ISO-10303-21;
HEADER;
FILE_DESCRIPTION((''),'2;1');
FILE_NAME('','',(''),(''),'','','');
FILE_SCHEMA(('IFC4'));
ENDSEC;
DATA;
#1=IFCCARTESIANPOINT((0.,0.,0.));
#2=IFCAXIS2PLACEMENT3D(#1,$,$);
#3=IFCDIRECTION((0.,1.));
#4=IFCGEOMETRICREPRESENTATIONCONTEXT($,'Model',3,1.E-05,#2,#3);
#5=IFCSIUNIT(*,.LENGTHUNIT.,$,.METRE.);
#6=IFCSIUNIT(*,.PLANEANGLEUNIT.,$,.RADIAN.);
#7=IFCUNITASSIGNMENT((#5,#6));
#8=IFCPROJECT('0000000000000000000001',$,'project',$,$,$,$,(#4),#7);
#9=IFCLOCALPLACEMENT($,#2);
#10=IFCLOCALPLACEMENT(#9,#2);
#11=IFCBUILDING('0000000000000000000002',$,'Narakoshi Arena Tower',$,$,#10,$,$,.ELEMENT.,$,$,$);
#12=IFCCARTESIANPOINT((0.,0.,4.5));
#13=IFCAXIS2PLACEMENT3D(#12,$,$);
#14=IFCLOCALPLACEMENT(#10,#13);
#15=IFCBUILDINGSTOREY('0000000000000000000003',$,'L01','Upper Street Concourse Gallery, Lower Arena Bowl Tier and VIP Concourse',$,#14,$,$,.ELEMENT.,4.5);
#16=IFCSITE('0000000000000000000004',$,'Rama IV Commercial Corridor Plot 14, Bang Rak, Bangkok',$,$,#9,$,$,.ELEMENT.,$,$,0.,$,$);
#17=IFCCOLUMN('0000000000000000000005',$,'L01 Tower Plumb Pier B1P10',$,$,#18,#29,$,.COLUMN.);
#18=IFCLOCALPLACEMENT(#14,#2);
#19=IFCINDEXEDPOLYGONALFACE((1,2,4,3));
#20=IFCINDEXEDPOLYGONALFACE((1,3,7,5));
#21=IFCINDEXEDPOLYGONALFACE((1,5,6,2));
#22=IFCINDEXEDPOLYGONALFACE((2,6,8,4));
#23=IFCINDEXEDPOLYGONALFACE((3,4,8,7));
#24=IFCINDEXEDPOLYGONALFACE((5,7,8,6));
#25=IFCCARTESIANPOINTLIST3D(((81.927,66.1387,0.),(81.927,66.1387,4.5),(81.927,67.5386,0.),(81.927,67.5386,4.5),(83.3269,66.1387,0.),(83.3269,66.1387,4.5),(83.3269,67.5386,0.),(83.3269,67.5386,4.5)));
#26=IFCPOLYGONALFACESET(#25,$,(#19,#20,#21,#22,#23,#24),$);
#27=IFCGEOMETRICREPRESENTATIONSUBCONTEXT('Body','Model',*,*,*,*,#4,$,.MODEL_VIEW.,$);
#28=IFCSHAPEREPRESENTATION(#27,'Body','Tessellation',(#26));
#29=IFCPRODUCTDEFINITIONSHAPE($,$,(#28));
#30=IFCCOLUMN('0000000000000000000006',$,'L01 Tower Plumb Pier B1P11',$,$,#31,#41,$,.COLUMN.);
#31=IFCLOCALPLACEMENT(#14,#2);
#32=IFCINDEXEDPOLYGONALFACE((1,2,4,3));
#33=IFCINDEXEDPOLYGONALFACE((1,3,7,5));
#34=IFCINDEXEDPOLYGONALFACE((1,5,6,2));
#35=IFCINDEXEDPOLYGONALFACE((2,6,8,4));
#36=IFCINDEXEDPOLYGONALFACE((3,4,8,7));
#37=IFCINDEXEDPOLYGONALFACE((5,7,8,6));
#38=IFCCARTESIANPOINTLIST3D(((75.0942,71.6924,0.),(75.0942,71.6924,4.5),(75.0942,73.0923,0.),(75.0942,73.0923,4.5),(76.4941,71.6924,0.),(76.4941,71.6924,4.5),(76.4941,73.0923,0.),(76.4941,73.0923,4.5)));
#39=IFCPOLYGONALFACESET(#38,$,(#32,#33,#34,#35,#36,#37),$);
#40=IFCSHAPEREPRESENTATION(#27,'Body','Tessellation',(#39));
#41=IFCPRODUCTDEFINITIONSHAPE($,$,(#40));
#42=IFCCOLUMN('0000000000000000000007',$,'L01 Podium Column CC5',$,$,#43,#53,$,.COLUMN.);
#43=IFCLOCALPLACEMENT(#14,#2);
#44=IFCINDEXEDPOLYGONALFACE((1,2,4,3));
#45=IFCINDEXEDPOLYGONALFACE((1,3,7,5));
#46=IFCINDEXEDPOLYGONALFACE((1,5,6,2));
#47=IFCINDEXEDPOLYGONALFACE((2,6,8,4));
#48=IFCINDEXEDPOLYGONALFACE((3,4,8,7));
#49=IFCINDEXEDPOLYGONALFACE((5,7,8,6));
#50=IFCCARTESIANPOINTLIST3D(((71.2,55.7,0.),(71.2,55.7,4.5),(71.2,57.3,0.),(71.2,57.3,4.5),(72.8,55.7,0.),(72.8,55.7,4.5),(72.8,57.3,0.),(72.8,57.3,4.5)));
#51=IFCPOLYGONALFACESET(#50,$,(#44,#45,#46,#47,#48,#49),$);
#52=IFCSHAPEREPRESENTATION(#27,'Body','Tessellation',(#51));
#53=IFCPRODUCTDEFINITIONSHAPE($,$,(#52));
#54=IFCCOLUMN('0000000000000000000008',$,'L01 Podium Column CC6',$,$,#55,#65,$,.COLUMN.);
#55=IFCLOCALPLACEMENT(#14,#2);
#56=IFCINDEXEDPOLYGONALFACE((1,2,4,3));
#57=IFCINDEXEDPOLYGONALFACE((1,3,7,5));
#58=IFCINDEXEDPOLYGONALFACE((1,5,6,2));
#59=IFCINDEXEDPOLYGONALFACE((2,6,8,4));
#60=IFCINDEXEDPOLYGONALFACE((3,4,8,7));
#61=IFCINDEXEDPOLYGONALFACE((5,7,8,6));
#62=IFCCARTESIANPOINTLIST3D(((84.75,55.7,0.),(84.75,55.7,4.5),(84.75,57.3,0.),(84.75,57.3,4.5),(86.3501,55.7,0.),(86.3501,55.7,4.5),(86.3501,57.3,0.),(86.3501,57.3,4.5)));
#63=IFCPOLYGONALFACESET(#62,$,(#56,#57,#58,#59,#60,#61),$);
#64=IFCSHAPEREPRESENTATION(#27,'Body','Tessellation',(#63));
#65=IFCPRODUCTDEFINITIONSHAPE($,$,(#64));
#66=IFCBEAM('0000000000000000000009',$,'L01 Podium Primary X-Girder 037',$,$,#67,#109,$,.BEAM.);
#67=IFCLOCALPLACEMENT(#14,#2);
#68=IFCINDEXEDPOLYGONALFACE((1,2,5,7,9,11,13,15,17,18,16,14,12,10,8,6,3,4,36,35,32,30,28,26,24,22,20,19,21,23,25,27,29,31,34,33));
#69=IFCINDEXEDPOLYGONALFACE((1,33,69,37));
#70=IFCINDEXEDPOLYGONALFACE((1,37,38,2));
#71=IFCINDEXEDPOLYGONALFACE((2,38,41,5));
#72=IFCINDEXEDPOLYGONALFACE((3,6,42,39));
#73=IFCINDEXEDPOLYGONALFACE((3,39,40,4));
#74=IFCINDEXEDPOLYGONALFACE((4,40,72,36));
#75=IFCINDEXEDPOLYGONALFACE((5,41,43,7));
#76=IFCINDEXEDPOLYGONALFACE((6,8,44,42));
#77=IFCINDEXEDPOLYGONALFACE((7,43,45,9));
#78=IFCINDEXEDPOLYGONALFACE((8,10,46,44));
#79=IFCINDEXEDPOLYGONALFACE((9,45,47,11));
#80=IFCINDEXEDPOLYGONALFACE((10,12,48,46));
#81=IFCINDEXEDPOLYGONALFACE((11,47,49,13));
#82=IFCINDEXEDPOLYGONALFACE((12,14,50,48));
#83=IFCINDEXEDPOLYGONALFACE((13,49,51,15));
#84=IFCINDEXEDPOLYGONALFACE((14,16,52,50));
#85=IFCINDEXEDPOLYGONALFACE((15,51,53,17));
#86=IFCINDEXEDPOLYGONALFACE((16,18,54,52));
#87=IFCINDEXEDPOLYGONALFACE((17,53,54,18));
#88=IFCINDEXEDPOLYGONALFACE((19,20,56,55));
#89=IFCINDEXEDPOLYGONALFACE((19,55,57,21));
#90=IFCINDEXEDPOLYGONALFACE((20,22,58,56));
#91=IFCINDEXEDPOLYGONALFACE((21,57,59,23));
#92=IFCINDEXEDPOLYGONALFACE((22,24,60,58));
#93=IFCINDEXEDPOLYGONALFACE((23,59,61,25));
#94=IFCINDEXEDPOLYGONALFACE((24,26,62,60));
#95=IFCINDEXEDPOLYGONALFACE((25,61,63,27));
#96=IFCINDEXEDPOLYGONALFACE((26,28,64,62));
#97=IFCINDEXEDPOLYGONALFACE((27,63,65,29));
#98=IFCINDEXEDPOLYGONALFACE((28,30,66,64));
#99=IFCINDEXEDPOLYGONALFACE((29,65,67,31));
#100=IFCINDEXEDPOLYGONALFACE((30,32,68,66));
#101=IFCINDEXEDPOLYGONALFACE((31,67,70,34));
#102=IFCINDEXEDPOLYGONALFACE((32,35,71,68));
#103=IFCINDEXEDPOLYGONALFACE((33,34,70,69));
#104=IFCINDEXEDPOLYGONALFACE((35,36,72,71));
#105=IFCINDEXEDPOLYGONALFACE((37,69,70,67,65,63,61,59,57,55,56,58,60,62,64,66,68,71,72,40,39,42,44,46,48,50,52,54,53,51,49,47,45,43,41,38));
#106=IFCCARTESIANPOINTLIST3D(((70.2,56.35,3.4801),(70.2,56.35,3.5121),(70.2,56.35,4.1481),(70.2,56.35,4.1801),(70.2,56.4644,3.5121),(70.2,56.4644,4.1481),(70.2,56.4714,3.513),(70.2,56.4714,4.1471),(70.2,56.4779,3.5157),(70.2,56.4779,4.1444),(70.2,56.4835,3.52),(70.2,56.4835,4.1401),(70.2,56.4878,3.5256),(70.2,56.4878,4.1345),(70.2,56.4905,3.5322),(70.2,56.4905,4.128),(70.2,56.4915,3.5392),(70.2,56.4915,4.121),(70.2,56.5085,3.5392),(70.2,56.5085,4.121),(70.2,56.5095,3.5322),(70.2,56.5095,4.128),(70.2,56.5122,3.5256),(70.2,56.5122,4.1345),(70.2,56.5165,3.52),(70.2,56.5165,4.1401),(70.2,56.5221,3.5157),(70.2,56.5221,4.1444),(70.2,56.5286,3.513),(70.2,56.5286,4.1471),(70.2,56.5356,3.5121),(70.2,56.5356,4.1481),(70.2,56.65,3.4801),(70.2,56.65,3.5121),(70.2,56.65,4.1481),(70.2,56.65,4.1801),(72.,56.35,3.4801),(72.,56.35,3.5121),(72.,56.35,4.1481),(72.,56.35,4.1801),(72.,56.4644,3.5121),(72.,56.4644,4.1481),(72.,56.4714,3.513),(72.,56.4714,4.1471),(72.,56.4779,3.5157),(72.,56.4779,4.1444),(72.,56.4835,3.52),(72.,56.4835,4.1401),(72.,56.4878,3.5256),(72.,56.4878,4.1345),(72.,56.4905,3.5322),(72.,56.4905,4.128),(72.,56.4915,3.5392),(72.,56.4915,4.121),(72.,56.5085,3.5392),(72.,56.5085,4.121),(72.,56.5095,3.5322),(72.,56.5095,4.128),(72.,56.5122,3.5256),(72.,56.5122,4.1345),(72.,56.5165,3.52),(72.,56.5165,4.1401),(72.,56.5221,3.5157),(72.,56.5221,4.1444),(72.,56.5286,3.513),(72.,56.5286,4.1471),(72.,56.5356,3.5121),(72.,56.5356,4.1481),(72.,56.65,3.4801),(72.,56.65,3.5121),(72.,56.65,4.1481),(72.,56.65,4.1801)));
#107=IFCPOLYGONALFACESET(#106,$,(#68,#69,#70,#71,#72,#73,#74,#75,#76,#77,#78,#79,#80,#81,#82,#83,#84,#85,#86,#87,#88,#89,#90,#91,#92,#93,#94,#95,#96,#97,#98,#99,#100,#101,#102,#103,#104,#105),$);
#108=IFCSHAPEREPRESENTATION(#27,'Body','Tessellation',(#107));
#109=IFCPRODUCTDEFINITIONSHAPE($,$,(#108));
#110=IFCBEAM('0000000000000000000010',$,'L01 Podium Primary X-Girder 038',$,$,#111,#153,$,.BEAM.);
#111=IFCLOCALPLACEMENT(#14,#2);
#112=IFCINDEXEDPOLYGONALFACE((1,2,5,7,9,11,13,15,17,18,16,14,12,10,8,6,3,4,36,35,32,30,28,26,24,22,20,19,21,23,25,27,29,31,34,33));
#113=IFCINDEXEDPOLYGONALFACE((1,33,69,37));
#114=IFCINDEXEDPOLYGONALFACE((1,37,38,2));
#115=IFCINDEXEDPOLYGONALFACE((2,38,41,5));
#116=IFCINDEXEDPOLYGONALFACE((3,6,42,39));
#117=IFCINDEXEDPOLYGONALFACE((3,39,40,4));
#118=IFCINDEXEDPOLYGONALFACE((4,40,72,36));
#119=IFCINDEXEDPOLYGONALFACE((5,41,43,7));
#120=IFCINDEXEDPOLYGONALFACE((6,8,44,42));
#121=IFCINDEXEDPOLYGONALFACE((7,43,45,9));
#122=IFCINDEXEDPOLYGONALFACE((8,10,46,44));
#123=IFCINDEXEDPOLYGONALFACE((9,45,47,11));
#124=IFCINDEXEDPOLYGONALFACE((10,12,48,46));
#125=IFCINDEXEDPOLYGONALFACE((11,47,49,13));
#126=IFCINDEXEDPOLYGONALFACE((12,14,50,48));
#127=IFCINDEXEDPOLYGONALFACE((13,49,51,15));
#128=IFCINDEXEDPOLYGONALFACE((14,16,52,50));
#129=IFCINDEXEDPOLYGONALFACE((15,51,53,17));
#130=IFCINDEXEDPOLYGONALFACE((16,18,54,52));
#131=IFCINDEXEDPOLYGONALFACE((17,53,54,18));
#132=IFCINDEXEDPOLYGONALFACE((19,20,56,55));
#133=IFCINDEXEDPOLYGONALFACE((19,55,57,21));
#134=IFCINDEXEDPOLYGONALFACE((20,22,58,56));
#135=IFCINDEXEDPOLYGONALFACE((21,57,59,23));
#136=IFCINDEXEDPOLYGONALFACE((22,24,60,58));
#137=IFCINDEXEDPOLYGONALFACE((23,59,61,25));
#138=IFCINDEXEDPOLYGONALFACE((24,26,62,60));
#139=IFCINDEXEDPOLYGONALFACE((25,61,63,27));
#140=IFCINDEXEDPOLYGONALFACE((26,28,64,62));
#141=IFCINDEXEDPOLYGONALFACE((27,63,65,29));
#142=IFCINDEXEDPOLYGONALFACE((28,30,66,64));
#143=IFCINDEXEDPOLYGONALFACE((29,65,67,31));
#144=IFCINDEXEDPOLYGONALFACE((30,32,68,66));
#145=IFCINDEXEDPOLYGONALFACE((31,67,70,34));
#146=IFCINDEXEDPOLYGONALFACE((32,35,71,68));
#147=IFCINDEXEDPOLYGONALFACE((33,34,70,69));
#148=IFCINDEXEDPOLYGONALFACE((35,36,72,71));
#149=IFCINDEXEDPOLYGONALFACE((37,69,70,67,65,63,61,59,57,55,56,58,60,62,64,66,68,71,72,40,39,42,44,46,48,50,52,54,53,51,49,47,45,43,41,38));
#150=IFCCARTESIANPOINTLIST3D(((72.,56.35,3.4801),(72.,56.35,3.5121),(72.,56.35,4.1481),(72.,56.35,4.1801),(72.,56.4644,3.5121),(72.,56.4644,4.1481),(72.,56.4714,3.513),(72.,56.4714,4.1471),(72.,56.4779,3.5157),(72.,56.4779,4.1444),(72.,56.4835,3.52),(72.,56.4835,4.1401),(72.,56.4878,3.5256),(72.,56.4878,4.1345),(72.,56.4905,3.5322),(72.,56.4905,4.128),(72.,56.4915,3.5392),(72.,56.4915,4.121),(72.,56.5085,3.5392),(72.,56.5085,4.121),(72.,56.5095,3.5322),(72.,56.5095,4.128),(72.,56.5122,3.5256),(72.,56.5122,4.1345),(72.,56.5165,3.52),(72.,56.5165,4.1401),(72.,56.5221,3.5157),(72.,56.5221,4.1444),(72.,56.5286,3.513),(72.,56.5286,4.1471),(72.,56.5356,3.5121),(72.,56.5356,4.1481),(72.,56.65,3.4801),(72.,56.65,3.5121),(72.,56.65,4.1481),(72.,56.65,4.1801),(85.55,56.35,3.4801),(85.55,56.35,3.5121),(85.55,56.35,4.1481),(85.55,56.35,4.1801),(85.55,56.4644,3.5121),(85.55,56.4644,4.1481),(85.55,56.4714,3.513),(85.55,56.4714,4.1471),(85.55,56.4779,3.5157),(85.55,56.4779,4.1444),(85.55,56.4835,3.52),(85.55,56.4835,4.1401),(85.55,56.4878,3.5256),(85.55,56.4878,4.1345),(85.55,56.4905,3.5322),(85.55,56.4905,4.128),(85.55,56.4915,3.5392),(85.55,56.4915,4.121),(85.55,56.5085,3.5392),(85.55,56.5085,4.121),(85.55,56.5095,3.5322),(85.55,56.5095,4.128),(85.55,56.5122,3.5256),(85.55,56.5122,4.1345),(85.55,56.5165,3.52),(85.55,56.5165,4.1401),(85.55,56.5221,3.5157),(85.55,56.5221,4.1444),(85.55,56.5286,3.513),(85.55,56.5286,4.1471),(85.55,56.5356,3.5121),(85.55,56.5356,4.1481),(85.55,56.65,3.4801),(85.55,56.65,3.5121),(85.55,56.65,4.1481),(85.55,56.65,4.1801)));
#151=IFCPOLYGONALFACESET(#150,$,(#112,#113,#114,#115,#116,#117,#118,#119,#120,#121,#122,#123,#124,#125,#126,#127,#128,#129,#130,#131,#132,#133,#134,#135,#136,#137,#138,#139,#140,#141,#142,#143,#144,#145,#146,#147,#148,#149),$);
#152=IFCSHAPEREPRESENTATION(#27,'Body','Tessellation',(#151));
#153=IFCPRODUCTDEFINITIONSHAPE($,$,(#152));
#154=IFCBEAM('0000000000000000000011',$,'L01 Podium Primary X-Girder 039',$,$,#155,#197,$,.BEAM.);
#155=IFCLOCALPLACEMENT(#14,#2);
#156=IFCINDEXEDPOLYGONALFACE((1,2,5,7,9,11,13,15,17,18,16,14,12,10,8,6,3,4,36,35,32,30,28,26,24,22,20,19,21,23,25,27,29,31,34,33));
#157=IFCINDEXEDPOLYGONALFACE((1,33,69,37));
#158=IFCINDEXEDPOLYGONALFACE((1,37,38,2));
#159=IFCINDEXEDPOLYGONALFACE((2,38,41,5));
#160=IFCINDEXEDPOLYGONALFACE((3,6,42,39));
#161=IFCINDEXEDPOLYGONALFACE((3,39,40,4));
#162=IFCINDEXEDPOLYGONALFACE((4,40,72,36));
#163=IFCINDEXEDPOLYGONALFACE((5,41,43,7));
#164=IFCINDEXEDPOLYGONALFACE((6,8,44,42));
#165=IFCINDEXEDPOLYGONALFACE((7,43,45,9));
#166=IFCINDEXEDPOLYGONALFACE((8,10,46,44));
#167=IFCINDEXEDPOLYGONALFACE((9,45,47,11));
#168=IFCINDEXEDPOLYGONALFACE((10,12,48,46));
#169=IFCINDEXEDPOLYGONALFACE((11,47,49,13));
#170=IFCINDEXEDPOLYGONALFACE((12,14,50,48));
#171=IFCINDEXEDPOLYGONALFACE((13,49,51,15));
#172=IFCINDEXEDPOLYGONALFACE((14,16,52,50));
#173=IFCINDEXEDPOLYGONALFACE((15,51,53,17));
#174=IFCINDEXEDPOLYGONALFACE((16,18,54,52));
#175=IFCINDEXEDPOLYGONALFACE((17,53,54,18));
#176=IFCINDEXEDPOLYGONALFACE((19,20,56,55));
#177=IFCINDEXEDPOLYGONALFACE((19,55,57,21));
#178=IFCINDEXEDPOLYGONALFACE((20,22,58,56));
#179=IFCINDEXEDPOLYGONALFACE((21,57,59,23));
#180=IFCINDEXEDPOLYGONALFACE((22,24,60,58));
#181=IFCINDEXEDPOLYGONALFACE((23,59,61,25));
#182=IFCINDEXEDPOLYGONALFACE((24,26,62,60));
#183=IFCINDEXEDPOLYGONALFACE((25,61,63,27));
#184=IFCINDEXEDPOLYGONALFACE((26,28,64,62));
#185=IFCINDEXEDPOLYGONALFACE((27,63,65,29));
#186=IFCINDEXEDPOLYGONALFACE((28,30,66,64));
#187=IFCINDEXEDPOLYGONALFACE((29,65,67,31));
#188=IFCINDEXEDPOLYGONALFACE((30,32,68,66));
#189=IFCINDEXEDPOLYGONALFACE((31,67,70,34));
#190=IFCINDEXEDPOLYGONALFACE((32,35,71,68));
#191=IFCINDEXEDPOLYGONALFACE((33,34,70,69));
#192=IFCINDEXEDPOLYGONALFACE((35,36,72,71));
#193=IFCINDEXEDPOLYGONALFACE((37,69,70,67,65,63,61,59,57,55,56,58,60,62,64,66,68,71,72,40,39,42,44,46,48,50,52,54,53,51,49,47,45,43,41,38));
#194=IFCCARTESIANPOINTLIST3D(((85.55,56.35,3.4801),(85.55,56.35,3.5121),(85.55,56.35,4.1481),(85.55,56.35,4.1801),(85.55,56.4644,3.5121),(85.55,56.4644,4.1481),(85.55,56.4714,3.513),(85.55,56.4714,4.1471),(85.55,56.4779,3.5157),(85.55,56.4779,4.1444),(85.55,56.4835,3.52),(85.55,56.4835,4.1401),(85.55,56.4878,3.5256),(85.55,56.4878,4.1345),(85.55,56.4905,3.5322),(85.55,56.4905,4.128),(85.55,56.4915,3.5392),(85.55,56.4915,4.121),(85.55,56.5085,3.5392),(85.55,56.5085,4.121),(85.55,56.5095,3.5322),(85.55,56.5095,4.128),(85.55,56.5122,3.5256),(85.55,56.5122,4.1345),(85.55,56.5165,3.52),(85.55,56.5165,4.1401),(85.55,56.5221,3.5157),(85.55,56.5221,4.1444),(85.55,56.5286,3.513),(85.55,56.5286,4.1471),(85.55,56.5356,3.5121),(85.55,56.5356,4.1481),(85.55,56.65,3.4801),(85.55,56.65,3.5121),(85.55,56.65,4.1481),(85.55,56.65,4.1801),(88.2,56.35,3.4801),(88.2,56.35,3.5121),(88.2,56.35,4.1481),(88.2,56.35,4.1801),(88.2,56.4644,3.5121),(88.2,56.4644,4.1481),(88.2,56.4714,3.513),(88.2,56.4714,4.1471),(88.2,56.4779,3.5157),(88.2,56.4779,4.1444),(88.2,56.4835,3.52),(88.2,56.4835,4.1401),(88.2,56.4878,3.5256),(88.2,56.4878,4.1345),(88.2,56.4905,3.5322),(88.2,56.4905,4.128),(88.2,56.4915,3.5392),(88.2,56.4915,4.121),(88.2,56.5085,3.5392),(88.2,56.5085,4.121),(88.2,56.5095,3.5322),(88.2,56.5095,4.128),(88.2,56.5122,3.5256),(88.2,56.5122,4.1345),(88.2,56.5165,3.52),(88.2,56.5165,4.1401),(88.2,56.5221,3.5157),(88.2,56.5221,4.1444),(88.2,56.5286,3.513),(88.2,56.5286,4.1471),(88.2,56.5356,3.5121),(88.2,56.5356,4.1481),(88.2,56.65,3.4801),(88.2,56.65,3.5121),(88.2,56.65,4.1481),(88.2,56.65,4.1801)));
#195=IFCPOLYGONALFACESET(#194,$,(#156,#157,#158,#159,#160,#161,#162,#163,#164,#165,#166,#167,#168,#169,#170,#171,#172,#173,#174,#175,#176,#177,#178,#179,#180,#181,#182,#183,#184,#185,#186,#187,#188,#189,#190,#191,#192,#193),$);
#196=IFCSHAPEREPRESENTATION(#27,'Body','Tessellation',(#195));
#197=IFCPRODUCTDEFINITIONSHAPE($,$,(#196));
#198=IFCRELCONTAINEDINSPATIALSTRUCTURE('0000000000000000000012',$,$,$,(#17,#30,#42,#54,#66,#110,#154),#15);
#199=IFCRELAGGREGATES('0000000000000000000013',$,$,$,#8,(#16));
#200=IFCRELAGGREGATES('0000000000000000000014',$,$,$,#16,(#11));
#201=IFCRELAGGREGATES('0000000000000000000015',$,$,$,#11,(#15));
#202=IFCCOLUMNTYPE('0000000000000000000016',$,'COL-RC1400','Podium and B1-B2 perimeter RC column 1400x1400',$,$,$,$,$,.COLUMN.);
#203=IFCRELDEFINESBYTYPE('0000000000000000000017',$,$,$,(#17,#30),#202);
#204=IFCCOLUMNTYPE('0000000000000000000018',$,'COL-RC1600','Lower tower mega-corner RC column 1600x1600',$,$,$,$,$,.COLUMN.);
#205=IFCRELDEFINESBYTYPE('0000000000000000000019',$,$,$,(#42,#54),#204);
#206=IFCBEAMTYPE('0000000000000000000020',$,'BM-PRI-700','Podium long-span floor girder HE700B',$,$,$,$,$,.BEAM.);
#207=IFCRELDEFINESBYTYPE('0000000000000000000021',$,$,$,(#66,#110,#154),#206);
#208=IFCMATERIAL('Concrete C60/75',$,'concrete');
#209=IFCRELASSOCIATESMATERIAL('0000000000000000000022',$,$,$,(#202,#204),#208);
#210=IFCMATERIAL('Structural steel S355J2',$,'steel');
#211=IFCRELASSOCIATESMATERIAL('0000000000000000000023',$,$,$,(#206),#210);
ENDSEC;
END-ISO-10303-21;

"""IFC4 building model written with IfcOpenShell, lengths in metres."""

from ifc_helpers import new_model, si_unit, direction, frame, origin, origin_2d, place, context, subcontext, project, spatial, rectangle, i_section, extrude, material, material_profile, profile_set, type_object, element, save


model = new_model("IFC4")

# Units and contexts
model_context = context("Model", 3, precision=1e-05, world=origin(), true_north=direction((0.0, 1.0)))
body_context = subcontext(model_context, "Body", "Model", "MODEL_VIEW")
ifc_project = project(units=[si_unit("LENGTHUNIT", "METRE"), si_unit("PLANEANGLEUNIT", "RADIAN")], contexts=[model_context])

# Site, building, storey
site_placement = place(None, origin())
site = spatial("IfcSite", under=ifc_project, at=site_placement, Name="Rama IV Commercial Corridor Plot 14, Bang Rak, Bangkok", CompositionType="ELEMENT", RefElevation=0.0)
building_placement = place(site_placement, origin())
building = spatial("IfcBuilding", under=site, at=building_placement, Name="Narakoshi Arena Tower", CompositionType="ELEMENT")
storey_placement = place(building_placement, frame((0.0, 0.0, 4.5)))
storey = spatial("IfcBuildingStorey", under=building, at=storey_placement, Name="L01", Description="Upper Street Concourse Gallery, Lower Arena Bowl Tier and VIP Concourse", CompositionType="ELEMENT", Elevation=4.5)

# Columns
ifc_material_1 = material(Name="Concrete C60/75", Category="concrete")
ifc_material_profile_1 = material_profile(ifc_material_1, rectangle(XDim=1.3999, YDim=1.3999, at=origin_2d()), Name="RC1400x1400")
ifc_profile_set_1 = profile_set([ifc_material_profile_1], Name="Concrete C60/75")
column_type_1 = type_object("IfcColumnType", Name="COL-RC1400", Description="Podium and B1-B2 perimeter RC column 1400x1400", PredefinedType="COLUMN", material=ifc_profile_set_1)
for number, where, z_axis, x_axis, name in (
    (1, (82.627, 66.8386, 0.0), (0.0, 0.0, 1.0), (1.0, 0.0, 0.0), "L01 Tower Plumb Pier B1P10"),
    (2, (75.7942, 72.3923, 0.0), (0.0, 0.0, 1.0), (1.0, 0.0, 0.0), "L01 Tower Plumb Pier B1P11"),
):
    element("IfcColumn", number, at=place(storey_placement, frame(where, z_axis=z_axis, x_axis=x_axis)), inside=storey, type_object=column_type_1, Name=name, PredefinedType="COLUMN", context=body_context, shape_type="SweptSolid", body=[
        extrude(rectangle(XDim=1.3999, YDim=1.3999, at=origin_2d()), origin(), (0.0, 0.0, 1.0), 4.5),
    ])
ifc_material_profile_2 = material_profile(ifc_material_1, rectangle(XDim=1.6001, YDim=1.6001, at=origin_2d()), Name="RC1600x1600")
ifc_profile_set_2 = profile_set([ifc_material_profile_2], Name="Concrete C60/75")
column_type_2 = type_object("IfcColumnType", Name="COL-RC1600", Description="Lower tower mega-corner RC column 1600x1600", PredefinedType="COLUMN", material=ifc_profile_set_2)
for number, where, z_axis, x_axis, name in (
    (3, (72.0, 56.5, 0.0), (0.0, 0.0, 1.0), (1.0, 0.0, 0.0), "L01 Podium Column CC5"),
    (4, (85.55, 56.5, 0.0), (0.0, 0.0, 1.0), (1.0, 0.0, 0.0), "L01 Podium Column CC6"),
):
    element("IfcColumn", number, at=place(storey_placement, frame(where, z_axis=z_axis, x_axis=x_axis)), inside=storey, type_object=column_type_2, Name=name, PredefinedType="COLUMN", context=body_context, shape_type="SweptSolid", body=[
        extrude(rectangle(XDim=1.6001, YDim=1.6001, at=origin_2d()), origin(), (0.0, 0.0, 1.0), 4.5),
    ])

# Beams
ifc_material_2 = material(Name="Structural steel S355J2", Category="steel")
ifc_material_profile_3 = material_profile(ifc_material_2, i_section(OverallWidth=0.3, OverallDepth=0.7, WebThickness=0.0171, FlangeThickness=0.032, FilletRadius=0.0271, at=origin_2d()), Name="HE700B")
ifc_profile_set_3 = profile_set([ifc_material_profile_3], Name="Structural steel S355J2")
beam_type_1 = type_object("IfcBeamType", Name="BM-PRI-700", Description="Podium long-span floor girder HE700B", PredefinedType="BEAM", material=ifc_profile_set_3)
beam_1_placement = place(storey_placement, frame((70.2, 56.5, 3.8301), z_axis=(1.0, 0.0, 0.0), x_axis=(0.0, 1.0, 0.0)))
element("IfcBeam", 5, at=beam_1_placement, inside=storey, type_object=beam_type_1, Name="L01 Podium Primary X-Girder 037", PredefinedType="BEAM", context=body_context, shape_type="SweptSolid", body=[
    extrude(i_section(OverallWidth=0.3, OverallDepth=0.7, WebThickness=0.0171, FlangeThickness=0.032, FilletRadius=0.0271, at=origin_2d()), origin(), (0.0, 0.0, 1.0), 1.8),
])
beam_2_placement = place(storey_placement, frame((72.0, 56.5, 3.8301), z_axis=(1.0, 0.0, 0.0), x_axis=(0.0, 1.0, 0.0)))
element("IfcBeam", 6, at=beam_2_placement, inside=storey, type_object=beam_type_1, Name="L01 Podium Primary X-Girder 038", PredefinedType="BEAM", context=body_context, shape_type="SweptSolid", body=[
    extrude(i_section(OverallWidth=0.3, OverallDepth=0.7, WebThickness=0.0171, FlangeThickness=0.032, FilletRadius=0.0271, at=origin_2d()), origin(), (0.0, 0.0, 1.0), 13.55),
])
beam_3_placement = place(storey_placement, frame((85.55, 56.5, 3.8301), z_axis=(1.0, 0.0, 0.0), x_axis=(0.0, 1.0, 0.0)))
element("IfcBeam", 7, at=beam_3_placement, inside=storey, type_object=beam_type_1, Name="L01 Podium Primary X-Girder 039", PredefinedType="BEAM", context=body_context, shape_type="SweptSolid", body=[
    extrude(i_section(OverallWidth=0.3, OverallDepth=0.7, WebThickness=0.0171, FlangeThickness=0.032, FilletRadius=0.0271, at=origin_2d()), origin(), (0.0, 0.0, 1.0), 2.6499),
])

save(model, "model.ifc")
